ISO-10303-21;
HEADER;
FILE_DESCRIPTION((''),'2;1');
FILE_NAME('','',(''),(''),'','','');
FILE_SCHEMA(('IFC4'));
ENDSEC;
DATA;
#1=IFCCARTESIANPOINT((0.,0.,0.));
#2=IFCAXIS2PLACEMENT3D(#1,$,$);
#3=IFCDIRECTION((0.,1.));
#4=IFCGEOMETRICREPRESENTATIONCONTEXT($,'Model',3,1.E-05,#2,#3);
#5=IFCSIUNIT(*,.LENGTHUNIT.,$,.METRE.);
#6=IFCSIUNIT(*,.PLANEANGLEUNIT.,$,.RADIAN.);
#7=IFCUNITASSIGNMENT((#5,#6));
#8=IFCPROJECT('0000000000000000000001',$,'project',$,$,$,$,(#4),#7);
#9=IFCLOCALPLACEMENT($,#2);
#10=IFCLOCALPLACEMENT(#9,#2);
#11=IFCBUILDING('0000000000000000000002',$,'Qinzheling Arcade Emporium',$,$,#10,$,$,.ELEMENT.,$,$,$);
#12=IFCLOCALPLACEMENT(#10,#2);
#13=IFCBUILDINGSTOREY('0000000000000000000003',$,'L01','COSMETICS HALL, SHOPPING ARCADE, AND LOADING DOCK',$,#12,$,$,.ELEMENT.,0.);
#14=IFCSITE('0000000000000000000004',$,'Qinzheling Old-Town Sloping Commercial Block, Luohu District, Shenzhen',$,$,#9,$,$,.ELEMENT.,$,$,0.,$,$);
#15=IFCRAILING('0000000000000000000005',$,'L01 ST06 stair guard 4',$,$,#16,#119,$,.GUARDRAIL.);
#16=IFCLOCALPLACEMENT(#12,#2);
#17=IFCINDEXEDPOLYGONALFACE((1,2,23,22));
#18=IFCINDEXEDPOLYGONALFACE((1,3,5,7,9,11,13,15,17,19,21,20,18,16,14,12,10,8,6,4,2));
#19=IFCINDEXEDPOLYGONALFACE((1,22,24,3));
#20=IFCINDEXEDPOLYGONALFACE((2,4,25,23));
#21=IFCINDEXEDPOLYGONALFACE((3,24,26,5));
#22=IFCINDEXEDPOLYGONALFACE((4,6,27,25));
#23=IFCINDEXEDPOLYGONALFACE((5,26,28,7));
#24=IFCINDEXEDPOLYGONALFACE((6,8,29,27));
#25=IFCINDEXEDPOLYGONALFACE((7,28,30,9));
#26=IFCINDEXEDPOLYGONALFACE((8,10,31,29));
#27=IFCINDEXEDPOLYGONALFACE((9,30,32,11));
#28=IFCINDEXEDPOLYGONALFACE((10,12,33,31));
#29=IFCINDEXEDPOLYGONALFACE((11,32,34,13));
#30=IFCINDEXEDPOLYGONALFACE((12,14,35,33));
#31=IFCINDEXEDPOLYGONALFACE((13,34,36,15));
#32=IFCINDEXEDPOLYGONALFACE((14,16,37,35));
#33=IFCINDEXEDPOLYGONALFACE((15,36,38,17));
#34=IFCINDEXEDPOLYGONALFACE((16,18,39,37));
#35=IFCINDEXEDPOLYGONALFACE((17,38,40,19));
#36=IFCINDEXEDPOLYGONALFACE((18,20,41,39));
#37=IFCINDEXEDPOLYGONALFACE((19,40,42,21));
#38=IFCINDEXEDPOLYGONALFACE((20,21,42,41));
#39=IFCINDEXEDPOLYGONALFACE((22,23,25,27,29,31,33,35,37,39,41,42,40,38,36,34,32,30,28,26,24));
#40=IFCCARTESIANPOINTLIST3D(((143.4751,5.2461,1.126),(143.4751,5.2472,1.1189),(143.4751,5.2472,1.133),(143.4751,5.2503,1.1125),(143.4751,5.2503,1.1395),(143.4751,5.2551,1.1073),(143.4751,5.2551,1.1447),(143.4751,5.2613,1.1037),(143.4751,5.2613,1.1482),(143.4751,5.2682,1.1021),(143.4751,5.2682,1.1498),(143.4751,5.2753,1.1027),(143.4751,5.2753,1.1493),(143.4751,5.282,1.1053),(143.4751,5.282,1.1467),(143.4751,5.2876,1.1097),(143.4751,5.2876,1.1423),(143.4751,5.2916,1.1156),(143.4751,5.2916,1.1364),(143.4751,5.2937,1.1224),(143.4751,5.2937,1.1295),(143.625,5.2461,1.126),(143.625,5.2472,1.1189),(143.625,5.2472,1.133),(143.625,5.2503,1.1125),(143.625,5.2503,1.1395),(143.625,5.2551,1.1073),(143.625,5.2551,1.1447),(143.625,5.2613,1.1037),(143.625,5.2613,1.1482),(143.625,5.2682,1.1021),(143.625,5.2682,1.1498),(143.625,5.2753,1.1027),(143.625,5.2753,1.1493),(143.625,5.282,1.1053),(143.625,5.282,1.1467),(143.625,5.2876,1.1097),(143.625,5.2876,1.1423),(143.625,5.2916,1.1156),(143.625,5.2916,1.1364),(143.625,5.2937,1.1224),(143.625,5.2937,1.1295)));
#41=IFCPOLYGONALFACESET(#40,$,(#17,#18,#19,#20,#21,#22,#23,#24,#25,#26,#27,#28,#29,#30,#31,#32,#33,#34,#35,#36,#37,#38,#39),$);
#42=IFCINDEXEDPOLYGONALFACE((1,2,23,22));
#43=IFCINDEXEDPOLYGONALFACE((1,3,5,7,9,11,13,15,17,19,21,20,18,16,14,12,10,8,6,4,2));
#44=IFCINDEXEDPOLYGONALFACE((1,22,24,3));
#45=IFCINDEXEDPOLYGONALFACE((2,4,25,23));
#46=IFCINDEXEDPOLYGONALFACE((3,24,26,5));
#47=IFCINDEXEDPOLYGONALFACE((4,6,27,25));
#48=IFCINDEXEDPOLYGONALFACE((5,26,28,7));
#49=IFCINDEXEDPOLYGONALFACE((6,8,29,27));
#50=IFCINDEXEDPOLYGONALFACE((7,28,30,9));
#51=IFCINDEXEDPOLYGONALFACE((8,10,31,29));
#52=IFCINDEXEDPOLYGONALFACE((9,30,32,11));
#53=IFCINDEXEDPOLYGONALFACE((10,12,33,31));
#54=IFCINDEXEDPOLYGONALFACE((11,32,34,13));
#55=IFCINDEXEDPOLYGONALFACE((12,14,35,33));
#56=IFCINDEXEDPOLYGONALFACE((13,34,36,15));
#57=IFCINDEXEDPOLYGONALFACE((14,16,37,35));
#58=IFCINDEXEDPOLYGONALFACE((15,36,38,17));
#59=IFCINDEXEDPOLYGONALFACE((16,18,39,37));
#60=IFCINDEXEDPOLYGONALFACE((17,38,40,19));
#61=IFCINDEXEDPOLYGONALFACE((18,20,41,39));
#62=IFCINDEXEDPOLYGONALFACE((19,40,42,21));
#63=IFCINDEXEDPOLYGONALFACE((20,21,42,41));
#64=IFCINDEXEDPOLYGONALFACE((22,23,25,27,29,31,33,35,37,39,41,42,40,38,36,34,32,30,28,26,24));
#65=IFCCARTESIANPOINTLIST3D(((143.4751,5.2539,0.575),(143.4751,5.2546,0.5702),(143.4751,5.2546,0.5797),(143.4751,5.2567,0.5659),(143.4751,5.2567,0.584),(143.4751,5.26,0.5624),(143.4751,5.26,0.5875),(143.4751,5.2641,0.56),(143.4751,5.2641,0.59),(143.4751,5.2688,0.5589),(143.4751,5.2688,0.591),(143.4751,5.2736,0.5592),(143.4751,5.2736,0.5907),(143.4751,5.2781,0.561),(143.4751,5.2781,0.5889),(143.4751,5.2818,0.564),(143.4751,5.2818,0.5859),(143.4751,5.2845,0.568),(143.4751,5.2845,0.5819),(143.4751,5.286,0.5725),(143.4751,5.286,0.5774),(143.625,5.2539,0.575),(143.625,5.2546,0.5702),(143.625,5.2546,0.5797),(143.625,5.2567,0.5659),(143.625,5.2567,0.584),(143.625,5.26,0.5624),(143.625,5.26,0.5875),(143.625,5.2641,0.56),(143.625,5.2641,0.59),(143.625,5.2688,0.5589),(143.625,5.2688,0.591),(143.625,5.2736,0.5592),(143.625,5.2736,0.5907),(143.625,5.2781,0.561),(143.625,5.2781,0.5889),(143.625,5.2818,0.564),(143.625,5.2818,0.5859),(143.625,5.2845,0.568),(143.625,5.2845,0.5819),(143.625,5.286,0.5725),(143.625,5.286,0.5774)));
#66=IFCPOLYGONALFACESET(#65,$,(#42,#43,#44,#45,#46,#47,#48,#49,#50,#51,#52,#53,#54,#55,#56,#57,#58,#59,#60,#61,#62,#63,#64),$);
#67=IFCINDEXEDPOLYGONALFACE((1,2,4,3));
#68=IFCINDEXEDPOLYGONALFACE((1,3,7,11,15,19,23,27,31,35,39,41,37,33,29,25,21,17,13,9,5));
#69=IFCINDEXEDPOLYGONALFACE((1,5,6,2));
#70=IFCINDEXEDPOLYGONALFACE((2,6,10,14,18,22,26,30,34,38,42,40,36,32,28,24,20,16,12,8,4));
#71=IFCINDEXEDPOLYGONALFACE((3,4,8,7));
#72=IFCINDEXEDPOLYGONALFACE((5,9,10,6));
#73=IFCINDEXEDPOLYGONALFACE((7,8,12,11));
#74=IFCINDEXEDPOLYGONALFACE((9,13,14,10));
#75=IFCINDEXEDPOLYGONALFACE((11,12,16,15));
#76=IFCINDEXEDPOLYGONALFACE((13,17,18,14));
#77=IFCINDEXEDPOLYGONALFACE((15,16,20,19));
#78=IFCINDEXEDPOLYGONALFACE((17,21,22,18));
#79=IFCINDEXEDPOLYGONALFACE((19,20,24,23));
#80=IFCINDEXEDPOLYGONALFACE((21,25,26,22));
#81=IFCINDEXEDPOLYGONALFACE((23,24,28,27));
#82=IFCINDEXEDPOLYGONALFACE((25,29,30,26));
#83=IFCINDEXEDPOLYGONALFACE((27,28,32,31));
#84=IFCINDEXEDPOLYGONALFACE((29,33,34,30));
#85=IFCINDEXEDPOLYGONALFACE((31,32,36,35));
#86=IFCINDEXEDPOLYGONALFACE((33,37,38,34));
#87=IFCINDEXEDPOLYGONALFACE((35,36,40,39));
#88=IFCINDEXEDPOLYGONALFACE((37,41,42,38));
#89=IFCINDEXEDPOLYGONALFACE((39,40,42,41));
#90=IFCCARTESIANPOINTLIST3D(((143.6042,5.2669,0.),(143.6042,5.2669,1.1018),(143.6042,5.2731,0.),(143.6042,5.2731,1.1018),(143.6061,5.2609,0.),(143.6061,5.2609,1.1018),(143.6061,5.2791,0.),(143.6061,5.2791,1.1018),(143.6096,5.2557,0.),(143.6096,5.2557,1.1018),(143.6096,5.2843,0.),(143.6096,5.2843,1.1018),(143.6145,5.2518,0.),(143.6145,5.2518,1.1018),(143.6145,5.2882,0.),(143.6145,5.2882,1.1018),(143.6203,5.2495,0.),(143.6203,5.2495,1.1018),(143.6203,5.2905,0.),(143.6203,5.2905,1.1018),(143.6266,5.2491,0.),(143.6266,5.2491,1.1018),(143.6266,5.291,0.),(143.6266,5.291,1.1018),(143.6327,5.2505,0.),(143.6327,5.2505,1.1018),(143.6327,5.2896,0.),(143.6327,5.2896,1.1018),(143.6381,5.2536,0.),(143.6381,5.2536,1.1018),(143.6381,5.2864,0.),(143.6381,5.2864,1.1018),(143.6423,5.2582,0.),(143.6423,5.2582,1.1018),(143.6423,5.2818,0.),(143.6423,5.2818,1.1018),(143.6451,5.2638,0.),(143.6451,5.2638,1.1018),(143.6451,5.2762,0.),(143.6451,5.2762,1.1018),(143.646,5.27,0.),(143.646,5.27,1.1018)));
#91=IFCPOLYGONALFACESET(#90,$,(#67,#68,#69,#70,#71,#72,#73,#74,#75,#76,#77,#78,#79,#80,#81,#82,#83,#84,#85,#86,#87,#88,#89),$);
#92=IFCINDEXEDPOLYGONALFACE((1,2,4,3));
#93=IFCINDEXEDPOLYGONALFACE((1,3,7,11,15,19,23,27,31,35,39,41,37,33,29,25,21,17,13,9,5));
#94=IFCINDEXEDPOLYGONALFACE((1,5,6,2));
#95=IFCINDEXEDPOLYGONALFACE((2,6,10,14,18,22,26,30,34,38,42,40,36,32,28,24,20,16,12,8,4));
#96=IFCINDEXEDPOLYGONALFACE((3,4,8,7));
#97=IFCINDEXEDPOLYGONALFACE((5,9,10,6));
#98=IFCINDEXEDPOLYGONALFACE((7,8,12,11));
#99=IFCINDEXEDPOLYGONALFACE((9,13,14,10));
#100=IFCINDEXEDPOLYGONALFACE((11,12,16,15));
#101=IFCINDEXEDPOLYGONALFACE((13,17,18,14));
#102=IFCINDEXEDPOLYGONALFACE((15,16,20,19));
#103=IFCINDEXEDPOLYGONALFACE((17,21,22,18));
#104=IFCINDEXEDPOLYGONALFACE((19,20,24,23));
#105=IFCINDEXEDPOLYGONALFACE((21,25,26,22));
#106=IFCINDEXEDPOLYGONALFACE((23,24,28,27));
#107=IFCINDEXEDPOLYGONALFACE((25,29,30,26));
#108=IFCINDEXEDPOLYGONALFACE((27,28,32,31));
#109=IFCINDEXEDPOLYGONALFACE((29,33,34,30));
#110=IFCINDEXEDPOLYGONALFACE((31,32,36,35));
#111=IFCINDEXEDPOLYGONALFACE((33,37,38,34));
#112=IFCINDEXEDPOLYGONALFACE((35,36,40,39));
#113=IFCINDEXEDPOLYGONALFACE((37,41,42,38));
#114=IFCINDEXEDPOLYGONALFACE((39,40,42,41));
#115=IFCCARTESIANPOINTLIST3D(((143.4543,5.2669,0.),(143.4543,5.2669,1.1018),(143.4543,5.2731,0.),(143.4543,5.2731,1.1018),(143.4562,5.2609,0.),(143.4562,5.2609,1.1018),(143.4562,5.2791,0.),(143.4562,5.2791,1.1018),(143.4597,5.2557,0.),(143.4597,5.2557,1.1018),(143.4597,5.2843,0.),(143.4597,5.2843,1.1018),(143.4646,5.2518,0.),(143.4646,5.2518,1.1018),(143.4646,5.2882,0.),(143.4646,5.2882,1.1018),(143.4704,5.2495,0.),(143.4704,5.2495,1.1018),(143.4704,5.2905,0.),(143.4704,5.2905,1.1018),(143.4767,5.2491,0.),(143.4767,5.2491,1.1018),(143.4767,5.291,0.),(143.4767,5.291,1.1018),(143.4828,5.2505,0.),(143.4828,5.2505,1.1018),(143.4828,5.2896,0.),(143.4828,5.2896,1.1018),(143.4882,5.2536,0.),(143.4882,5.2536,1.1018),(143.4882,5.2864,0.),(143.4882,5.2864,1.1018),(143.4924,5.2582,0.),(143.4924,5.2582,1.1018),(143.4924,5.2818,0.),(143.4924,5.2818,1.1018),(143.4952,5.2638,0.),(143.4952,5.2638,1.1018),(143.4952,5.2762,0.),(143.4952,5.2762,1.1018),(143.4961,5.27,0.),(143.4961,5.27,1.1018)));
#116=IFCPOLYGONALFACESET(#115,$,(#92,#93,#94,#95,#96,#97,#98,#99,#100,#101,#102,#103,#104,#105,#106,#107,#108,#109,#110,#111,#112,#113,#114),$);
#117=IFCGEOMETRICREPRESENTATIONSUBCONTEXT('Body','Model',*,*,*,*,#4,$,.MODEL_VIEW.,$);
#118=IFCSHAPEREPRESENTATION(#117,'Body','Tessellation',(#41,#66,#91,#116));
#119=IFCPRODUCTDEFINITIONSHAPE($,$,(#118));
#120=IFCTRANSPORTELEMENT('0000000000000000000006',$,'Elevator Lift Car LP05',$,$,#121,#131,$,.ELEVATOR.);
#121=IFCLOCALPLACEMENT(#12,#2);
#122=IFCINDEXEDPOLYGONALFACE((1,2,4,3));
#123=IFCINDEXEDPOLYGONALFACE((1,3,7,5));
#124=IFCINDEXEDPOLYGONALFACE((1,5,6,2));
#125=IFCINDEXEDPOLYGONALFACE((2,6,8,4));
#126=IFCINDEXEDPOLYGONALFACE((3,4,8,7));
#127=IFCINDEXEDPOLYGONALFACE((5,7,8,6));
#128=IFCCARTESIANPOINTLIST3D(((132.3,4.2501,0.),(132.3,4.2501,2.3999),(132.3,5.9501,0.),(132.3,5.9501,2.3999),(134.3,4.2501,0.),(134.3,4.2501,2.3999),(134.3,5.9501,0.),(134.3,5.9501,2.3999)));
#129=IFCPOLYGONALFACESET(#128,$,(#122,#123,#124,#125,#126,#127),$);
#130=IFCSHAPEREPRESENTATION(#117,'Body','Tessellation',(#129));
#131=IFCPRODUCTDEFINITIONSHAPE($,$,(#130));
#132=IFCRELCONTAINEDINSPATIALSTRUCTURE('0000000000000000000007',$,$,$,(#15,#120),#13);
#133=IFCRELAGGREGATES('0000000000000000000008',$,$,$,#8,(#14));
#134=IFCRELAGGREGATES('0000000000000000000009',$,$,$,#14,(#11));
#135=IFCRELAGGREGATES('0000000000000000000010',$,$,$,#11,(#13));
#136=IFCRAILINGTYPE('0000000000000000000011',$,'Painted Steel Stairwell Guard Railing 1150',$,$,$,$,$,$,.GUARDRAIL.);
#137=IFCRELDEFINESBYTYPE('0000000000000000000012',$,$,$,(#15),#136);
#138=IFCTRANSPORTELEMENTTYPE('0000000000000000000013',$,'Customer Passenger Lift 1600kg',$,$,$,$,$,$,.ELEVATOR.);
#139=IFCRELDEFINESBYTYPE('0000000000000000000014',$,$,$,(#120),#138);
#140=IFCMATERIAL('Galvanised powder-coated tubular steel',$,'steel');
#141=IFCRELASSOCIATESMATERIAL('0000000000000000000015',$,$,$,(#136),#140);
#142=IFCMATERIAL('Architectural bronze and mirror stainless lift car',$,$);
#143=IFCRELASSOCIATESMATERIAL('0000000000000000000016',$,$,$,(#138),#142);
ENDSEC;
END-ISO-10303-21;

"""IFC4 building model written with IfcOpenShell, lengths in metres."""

from ifc_helpers import new_model, si_unit, direction, frame, origin, origin_2d, place, context, subcontext, project, spatial, rectangle, circle, extrude, material, type_object, element, save


model = new_model("IFC4")

# Units and contexts
model_context = context("Model", 3, precision=1e-05, world=origin(), true_north=direction((0.0, 1.0)))
body_context = subcontext(model_context, "Body", "Model", "MODEL_VIEW")
ifc_project = project(units=[si_unit("LENGTHUNIT", "METRE"), si_unit("PLANEANGLEUNIT", "RADIAN")], contexts=[model_context])

# Site, building, storey
site_placement = place(None, origin())
site = spatial("IfcSite", under=ifc_project, at=site_placement, Name="Qinzheling Old-Town Sloping Commercial Block, Luohu District, Shenzhen", CompositionType="ELEMENT", RefElevation=0.0)
building_placement = place(site_placement, origin())
building = spatial("IfcBuilding", under=site, at=building_placement, Name="Qinzheling Arcade Emporium", CompositionType="ELEMENT")
storey_placement = place(building_placement, origin())
storey = spatial("IfcBuildingStorey", under=building, at=storey_placement, Name="L01", Description="COSMETICS HALL, SHOPPING ARCADE, AND LOADING DOCK", CompositionType="ELEMENT", Elevation=0.0)

# Railing
ifc_material_1 = material(Name="Galvanised powder-coated tubular steel", Category="steel")
railing_type_1 = type_object("IfcRailingType", Name="Painted Steel Stairwell Guard Railing 1150", PredefinedType="GUARDRAIL", material=ifc_material_1)
railing_1_placement = place(storey_placement, frame((143.625, 5.27, 0.0)))
element("IfcRailing", 1, at=railing_1_placement, inside=storey, type_object=railing_type_1, Name="L01 ST06 stair guard 4", PredefinedType="GUARDRAIL", context=body_context, shape_type="SweptSolid", body=[
    extrude(circle(Radius=0.0239, at=origin_2d()), frame((0.0, 0.0, 1.126), z_axis=(-1.0, 0.0, 0.0), x_axis=(0.0, -1.0, 0.0)), (0.0, 0.0, 1.0), 0.1499),
    extrude(circle(Radius=0.0161, at=origin_2d()), frame((0.0, 0.0, 0.575), z_axis=(-1.0, 0.0, 0.0), x_axis=(0.0, -1.0, 0.0)), (0.0, 0.0, 1.0), 0.1499),
    extrude(circle(Radius=0.021, at=origin_2d()), origin(), (0.0, 0.0, 1.0), 1.1018),
    extrude(circle(Radius=0.021, at=origin_2d()), frame((-0.1499, 0.0, 0.0)), (0.0, 0.0, 1.0), 1.1018),
])

# Transport element
ifc_material_2 = material(Name="Architectural bronze and mirror stainless lift car")
transport_element_type = type_object("IfcTransportElementType", Name="Customer Passenger Lift 1600kg", PredefinedType="ELEVATOR", material=ifc_material_2)
transport_element_placement = place(storey_placement, frame((133.3, 5.1001, 0.0), z_axis=(0.0, 0.0, 1.0), x_axis=(1.0, 0.0, 0.0)))
element("IfcTransportElement", 2, at=transport_element_placement, inside=storey, type_object=transport_element_type, Name="Elevator Lift Car LP05", PredefinedType="ELEVATOR", context=body_context, shape_type="SweptSolid", body=[
    extrude(rectangle(XDim=2.0, YDim=1.7, at=origin_2d()), origin(), (0.0, 0.0, 1.0), 2.3999),
])

save(model, "model.ifc")
